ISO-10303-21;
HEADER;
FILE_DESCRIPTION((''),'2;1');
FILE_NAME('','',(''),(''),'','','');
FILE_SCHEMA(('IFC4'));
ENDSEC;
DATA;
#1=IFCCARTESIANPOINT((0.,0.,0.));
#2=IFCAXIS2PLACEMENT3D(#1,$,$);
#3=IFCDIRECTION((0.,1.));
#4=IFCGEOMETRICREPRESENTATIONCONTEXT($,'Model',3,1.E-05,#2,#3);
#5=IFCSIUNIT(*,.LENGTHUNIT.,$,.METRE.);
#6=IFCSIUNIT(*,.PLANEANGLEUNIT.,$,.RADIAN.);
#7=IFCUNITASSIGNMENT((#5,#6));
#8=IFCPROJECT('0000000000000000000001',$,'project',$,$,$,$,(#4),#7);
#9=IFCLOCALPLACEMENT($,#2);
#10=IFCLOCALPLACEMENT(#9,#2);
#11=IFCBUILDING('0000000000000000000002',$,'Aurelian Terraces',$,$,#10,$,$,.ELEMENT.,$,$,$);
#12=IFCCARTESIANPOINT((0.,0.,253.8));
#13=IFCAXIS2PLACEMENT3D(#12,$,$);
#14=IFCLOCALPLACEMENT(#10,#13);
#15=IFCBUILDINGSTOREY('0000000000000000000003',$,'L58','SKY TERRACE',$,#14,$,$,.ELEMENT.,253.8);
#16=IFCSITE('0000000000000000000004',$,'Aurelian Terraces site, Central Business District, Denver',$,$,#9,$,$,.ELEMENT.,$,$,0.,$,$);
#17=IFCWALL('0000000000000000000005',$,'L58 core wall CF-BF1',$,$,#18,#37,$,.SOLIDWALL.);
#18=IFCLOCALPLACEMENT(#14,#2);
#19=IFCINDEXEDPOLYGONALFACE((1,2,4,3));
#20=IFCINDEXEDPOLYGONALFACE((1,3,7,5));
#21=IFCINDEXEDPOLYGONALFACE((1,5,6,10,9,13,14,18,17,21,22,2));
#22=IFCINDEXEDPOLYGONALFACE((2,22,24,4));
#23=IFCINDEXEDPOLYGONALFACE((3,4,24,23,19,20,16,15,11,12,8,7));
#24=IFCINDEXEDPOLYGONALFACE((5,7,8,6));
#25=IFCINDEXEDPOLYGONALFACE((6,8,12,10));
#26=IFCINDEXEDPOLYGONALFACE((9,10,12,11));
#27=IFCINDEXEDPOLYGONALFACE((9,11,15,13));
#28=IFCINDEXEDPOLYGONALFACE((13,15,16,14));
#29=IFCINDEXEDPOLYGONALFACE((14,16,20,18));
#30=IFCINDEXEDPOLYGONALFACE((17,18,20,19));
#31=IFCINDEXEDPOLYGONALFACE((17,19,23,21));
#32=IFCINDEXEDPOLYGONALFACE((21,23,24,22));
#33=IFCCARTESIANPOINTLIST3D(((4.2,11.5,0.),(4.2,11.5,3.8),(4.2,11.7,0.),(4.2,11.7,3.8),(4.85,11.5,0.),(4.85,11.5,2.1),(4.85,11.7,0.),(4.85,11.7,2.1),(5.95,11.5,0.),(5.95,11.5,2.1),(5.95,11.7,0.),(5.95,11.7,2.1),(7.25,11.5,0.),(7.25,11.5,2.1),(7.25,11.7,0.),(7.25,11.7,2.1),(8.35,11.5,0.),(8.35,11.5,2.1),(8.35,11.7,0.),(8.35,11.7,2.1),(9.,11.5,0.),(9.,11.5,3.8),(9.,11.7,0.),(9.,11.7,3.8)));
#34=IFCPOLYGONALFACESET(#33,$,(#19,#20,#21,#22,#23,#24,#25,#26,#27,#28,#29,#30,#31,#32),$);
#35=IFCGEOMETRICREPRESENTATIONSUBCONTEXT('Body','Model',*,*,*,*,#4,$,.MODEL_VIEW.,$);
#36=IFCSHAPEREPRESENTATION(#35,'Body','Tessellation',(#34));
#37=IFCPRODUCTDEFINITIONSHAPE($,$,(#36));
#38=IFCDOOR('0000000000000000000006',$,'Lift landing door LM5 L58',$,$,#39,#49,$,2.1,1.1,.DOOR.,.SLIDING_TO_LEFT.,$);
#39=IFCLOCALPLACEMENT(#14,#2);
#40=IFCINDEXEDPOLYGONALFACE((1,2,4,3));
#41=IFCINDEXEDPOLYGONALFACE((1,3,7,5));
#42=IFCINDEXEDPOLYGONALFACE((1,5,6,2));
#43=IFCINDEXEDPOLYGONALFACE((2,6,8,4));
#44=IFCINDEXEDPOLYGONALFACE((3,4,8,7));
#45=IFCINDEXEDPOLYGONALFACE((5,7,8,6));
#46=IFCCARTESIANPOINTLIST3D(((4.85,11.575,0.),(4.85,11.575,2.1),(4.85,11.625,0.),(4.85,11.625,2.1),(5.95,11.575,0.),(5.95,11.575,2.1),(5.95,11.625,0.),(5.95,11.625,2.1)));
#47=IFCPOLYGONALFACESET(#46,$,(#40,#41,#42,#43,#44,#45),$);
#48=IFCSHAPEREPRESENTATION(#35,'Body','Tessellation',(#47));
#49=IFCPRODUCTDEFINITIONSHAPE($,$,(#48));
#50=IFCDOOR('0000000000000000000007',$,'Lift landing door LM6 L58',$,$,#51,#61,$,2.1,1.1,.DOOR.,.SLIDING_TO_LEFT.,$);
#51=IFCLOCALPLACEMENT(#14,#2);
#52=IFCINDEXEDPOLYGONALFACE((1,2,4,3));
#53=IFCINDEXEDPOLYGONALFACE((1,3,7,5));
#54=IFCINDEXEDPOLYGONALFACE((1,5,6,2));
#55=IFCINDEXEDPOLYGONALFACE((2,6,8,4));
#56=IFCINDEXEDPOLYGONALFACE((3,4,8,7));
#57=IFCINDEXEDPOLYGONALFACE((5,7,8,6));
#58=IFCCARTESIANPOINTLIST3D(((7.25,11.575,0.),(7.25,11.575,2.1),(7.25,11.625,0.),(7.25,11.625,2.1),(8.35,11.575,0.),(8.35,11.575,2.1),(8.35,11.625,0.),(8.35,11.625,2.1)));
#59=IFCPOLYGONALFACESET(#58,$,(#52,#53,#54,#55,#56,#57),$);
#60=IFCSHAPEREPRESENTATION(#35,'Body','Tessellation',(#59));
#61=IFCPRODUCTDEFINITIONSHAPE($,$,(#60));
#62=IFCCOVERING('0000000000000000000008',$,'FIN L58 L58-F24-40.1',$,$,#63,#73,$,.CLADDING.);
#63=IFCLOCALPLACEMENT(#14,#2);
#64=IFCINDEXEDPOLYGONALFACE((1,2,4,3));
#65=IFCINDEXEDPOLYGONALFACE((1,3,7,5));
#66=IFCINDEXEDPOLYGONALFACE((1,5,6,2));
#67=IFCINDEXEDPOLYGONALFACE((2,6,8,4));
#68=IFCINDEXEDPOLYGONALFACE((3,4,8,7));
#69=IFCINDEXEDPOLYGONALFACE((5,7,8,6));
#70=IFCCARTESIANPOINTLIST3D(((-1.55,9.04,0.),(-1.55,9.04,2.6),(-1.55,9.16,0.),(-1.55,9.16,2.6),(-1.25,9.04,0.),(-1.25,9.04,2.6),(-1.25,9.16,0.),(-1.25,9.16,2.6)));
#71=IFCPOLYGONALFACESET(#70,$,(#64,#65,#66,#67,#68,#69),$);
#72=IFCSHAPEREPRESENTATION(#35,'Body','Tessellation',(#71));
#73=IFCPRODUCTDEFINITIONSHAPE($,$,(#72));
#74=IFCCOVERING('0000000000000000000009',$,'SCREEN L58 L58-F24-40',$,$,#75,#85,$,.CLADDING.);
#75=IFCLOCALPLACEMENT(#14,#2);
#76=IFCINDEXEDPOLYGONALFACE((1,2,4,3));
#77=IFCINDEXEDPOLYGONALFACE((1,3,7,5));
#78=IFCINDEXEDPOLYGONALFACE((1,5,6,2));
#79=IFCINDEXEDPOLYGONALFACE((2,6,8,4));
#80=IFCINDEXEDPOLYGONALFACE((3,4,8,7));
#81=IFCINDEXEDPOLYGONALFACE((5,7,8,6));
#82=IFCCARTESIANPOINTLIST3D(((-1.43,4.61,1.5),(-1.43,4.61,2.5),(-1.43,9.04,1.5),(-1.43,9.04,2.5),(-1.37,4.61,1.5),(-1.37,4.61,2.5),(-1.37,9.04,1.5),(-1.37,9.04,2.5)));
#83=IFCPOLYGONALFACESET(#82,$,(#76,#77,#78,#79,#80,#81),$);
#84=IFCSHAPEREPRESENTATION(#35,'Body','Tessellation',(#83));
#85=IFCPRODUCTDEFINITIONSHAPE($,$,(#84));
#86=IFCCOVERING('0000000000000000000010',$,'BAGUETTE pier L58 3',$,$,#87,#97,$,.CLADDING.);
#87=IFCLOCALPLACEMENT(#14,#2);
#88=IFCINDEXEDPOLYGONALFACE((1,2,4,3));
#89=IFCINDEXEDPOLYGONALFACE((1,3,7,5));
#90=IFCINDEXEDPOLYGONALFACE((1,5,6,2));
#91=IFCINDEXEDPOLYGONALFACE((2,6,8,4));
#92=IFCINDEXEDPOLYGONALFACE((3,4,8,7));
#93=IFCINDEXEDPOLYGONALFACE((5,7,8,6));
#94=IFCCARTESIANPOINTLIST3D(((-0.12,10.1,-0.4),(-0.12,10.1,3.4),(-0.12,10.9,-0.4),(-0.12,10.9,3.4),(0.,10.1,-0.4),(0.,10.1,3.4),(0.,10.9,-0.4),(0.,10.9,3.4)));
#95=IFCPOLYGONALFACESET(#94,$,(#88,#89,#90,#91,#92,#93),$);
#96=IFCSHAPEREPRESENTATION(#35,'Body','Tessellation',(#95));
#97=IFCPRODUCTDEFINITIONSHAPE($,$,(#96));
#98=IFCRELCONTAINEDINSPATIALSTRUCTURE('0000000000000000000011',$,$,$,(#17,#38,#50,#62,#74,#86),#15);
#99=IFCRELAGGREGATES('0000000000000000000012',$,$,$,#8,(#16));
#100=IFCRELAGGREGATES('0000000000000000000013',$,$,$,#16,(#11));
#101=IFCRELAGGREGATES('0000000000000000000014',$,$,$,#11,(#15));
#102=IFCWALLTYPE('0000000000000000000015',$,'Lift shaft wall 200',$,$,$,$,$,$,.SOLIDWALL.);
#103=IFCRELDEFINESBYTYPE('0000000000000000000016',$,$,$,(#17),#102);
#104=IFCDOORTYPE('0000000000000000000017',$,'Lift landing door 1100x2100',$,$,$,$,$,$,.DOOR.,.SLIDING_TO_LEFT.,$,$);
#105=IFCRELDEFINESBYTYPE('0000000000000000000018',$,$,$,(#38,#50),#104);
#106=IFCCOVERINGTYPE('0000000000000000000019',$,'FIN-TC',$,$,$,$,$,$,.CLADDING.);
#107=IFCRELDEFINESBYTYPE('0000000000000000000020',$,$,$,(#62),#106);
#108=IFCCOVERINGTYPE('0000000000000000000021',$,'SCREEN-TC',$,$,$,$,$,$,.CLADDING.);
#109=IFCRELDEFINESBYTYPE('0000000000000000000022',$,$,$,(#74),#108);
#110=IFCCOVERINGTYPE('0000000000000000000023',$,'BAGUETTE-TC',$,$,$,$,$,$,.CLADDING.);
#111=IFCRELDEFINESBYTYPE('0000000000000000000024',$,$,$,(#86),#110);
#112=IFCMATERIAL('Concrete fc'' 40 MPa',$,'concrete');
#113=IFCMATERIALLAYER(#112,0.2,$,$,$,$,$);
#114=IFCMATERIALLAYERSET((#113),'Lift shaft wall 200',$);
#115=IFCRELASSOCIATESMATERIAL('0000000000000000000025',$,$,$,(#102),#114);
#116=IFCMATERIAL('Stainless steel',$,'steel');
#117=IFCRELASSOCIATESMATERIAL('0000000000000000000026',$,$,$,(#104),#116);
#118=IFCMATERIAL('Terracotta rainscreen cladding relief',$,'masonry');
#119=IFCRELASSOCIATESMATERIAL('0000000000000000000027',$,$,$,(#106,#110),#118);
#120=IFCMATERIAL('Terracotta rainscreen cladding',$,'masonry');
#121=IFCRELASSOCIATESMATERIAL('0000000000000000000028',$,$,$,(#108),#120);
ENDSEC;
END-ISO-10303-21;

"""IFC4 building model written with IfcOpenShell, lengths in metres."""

from ifc_helpers import new_model, si_unit, direction, frame, frame_2d, origin, origin_2d, place, context, subcontext, project, spatial, rectangle, extrude, source, transform, mapped, material, layer, layer_set, type_object, element, fill, save


model = new_model("IFC4")

# Units and contexts
model_context = context("Model", 3, precision=1e-05, world=origin(), true_north=direction((0.0, 1.0)))
body_context = subcontext(model_context, "Body", "Model", "MODEL_VIEW")
ifc_project = project(units=[si_unit("LENGTHUNIT", "METRE"), si_unit("PLANEANGLEUNIT", "RADIAN")], contexts=[model_context])

# Site, building, storey
site_placement = place(None, origin())
site = spatial("IfcSite", under=ifc_project, at=site_placement, Name="Aurelian Terraces site, Central Business District, Denver", CompositionType="ELEMENT", RefElevation=0.0)
building_placement = place(site_placement, origin())
building = spatial("IfcBuilding", under=site, at=building_placement, Name="Aurelian Terraces", CompositionType="ELEMENT")
storey_placement = place(building_placement, frame((0.0, 0.0, 253.8)))
storey = spatial("IfcBuildingStorey", under=building, at=storey_placement, Name="L58", Description="SKY TERRACE", CompositionType="ELEMENT", Elevation=253.8)

# Shared definitions
ifc_material_1 = material(Name="Terracotta rainscreen cladding", Category="masonry")

# Wall, openings, doors
ifc_material_2 = material(Name="Concrete fc' 40 MPa", Category="concrete")
ifc_layer_1 = layer(ifc_material_2, 0.2)
ifc_layer_set_1 = layer_set([ifc_layer_1], Name="Lift shaft wall 200")
wall_type_1 = type_object("IfcWallType", Name="Lift shaft wall 200", PredefinedType="SOLIDWALL", material=ifc_layer_set_1)
shared_shape_1 = source(origin(), body_context, "Body", "SweptSolid", [
    extrude(rectangle(XDim=1.1, YDim=2.1, at=frame_2d((0.55, 1.05))), frame((0.0, 0.11, 0.0), z_axis=(0.0, -1.0, 0.0), x_axis=(1.0, 0.0, 0.0)), (0.0, 0.0, 1.0), 0.22),
])
ifc_material_3 = material(Name="Stainless steel", Category="steel")
door_type_1 = type_object("IfcDoorType", Name="Lift landing door 1100x2100", OperationType="SLIDING_TO_LEFT", PredefinedType="DOOR", material=ifc_material_3)
shared_shape_2 = source(origin(), body_context, "Body", "SweptSolid", [
    extrude(rectangle(XDim=1.1, YDim=2.1, at=frame_2d((0.55, 1.05))), frame((0.0, 0.025, 0.0), z_axis=(0.0, -1.0, 0.0), x_axis=(1.0, 0.0, 0.0)), (0.0, 0.0, 1.0), 0.05),
])
shared_shape_3 = source(origin(), body_context, "Body", "SweptSolid", [
    extrude(rectangle(XDim=4.8, YDim=0.2, at=frame_2d((2.4, 0.0))), origin(), (0.0, 0.0, 1.0), 3.8),
])
wall_1_placement = place(storey_placement, frame((4.2, 11.6, 0.0), z_axis=(0.0, 0.0, 1.0), x_axis=(1.0, 0.0, 0.0)))
wall_1 = element("IfcWall", 1, at=wall_1_placement, inside=storey, type_object=wall_type_1, Name="L58 core wall CF-BF1", PredefinedType="SOLIDWALL", context=body_context, shape_type="MappedRepresentation", body=[
    mapped(shared_shape_3, transform((0.0, 0.0, 0.0), scale=1.0)),
])
opening_1_placement = place(wall_1_placement, frame((0.65, 0.0, 0.0)))
opening_1 = element("IfcOpeningElement", 2, at=opening_1_placement, cuts=wall_1, PredefinedType="OPENING", context=body_context, shape_type="MappedRepresentation", body=[
    mapped(shared_shape_1, transform((0.0, 0.0, 0.0), scale=1.0)),
])
opening_2_placement = place(wall_1_placement, frame((3.05, 0.0, 0.0)))
opening_2 = element("IfcOpeningElement", 3, at=opening_2_placement, cuts=wall_1, PredefinedType="OPENING", context=body_context, shape_type="MappedRepresentation", body=[
    mapped(shared_shape_1, transform((0.0, 0.0, 0.0), scale=1.0)),
])
door_1_placement = place(opening_1_placement, origin())
door_1 = element("IfcDoor", 4, at=door_1_placement, inside=storey, type_object=door_type_1, Name="Lift landing door LM5 L58", OperationType="SLIDING_TO_LEFT", OverallHeight=2.1, OverallWidth=1.1, PredefinedType="DOOR", context=body_context, shape_type="MappedRepresentation", body=[
    mapped(shared_shape_2, transform((0.0, 0.0, 0.0), scale=1.0)),
])
fill(opening_1, door_1)
door_2_placement = place(opening_2_placement, origin())
door_2 = element("IfcDoor", 5, at=door_2_placement, inside=storey, type_object=door_type_1, Name="Lift landing door LM6 L58", OperationType="SLIDING_TO_LEFT", OverallHeight=2.1, OverallWidth=1.1, PredefinedType="DOOR", context=body_context, shape_type="MappedRepresentation", body=[
    mapped(shared_shape_2, transform((0.0, 0.0, 0.0), scale=1.0)),
])
fill(opening_2, door_2)

# Covering
ifc_material_4 = material(Name="Terracotta rainscreen cladding relief", Category="masonry")
covering_type_1 = type_object("IfcCoveringType", Name="FIN-TC", PredefinedType="CLADDING", material=ifc_material_4)
shared_shape_4 = source(origin(), body_context, "Body", "SweptSolid", [
    extrude(rectangle(XDim=0.3, YDim=0.12, at=origin_2d()), origin(), (0.0, 0.0, 1.0), 2.6),
])
covering_1_placement = place(storey_placement, frame((-1.4, 9.1, 0.0), z_axis=(0.0, 0.0, 1.0), x_axis=(1.0, 0.0, 0.0)))
element("IfcCovering", 6, at=covering_1_placement, inside=storey, type_object=covering_type_1, Name="FIN L58 L58-F24-40.1", PredefinedType="CLADDING", context=body_context, shape_type="MappedRepresentation", body=[
    mapped(shared_shape_4, transform((0.0, 0.0, 0.0), scale=1.0)),
])

# Coverings
covering_type_2 = type_object("IfcCoveringType", Name="SCREEN-TC", PredefinedType="CLADDING", material=ifc_material_1)
shared_shape_5 = source(origin(), body_context, "Body", "SweptSolid", [
    extrude(rectangle(XDim=0.06, YDim=4.43, at=origin_2d()), origin(), (0.0, 0.0, 1.0), 1.0),
])
covering_2_placement = place(storey_placement, frame((-1.4, 6.825, 1.5), z_axis=(0.0, 0.0, 1.0), x_axis=(1.0, 0.0, 0.0)))
element("IfcCovering", 7, at=covering_2_placement, inside=storey, type_object=covering_type_2, Name="SCREEN L58 L58-F24-40", PredefinedType="CLADDING", context=body_context, shape_type="MappedRepresentation", body=[
    mapped(shared_shape_5, transform((0.0, 0.0, 0.0), scale=1.0)),
])
covering_type_3 = type_object("IfcCoveringType", Name="BAGUETTE-TC", PredefinedType="CLADDING", material=ifc_material_4)
shared_shape_6 = source(origin(), body_context, "Body", "SweptSolid", [
    extrude(rectangle(XDim=0.12, YDim=0.8, at=origin_2d()), origin(), (0.0, 0.0, 1.0), 3.8),
])
covering_3_placement = place(storey_placement, frame((-0.06, 10.5, -0.4), z_axis=(0.0, 0.0, 1.0), x_axis=(1.0, 0.0, 0.0)))
element("IfcCovering", 8, at=covering_3_placement, inside=storey, type_object=covering_type_3, Name="BAGUETTE pier L58 3", PredefinedType="CLADDING", context=body_context, shape_type="MappedRepresentation", body=[
    mapped(shared_shape_6, transform((0.0, 0.0, 0.0), scale=1.0)),
])

save(model, "model.ifc")
